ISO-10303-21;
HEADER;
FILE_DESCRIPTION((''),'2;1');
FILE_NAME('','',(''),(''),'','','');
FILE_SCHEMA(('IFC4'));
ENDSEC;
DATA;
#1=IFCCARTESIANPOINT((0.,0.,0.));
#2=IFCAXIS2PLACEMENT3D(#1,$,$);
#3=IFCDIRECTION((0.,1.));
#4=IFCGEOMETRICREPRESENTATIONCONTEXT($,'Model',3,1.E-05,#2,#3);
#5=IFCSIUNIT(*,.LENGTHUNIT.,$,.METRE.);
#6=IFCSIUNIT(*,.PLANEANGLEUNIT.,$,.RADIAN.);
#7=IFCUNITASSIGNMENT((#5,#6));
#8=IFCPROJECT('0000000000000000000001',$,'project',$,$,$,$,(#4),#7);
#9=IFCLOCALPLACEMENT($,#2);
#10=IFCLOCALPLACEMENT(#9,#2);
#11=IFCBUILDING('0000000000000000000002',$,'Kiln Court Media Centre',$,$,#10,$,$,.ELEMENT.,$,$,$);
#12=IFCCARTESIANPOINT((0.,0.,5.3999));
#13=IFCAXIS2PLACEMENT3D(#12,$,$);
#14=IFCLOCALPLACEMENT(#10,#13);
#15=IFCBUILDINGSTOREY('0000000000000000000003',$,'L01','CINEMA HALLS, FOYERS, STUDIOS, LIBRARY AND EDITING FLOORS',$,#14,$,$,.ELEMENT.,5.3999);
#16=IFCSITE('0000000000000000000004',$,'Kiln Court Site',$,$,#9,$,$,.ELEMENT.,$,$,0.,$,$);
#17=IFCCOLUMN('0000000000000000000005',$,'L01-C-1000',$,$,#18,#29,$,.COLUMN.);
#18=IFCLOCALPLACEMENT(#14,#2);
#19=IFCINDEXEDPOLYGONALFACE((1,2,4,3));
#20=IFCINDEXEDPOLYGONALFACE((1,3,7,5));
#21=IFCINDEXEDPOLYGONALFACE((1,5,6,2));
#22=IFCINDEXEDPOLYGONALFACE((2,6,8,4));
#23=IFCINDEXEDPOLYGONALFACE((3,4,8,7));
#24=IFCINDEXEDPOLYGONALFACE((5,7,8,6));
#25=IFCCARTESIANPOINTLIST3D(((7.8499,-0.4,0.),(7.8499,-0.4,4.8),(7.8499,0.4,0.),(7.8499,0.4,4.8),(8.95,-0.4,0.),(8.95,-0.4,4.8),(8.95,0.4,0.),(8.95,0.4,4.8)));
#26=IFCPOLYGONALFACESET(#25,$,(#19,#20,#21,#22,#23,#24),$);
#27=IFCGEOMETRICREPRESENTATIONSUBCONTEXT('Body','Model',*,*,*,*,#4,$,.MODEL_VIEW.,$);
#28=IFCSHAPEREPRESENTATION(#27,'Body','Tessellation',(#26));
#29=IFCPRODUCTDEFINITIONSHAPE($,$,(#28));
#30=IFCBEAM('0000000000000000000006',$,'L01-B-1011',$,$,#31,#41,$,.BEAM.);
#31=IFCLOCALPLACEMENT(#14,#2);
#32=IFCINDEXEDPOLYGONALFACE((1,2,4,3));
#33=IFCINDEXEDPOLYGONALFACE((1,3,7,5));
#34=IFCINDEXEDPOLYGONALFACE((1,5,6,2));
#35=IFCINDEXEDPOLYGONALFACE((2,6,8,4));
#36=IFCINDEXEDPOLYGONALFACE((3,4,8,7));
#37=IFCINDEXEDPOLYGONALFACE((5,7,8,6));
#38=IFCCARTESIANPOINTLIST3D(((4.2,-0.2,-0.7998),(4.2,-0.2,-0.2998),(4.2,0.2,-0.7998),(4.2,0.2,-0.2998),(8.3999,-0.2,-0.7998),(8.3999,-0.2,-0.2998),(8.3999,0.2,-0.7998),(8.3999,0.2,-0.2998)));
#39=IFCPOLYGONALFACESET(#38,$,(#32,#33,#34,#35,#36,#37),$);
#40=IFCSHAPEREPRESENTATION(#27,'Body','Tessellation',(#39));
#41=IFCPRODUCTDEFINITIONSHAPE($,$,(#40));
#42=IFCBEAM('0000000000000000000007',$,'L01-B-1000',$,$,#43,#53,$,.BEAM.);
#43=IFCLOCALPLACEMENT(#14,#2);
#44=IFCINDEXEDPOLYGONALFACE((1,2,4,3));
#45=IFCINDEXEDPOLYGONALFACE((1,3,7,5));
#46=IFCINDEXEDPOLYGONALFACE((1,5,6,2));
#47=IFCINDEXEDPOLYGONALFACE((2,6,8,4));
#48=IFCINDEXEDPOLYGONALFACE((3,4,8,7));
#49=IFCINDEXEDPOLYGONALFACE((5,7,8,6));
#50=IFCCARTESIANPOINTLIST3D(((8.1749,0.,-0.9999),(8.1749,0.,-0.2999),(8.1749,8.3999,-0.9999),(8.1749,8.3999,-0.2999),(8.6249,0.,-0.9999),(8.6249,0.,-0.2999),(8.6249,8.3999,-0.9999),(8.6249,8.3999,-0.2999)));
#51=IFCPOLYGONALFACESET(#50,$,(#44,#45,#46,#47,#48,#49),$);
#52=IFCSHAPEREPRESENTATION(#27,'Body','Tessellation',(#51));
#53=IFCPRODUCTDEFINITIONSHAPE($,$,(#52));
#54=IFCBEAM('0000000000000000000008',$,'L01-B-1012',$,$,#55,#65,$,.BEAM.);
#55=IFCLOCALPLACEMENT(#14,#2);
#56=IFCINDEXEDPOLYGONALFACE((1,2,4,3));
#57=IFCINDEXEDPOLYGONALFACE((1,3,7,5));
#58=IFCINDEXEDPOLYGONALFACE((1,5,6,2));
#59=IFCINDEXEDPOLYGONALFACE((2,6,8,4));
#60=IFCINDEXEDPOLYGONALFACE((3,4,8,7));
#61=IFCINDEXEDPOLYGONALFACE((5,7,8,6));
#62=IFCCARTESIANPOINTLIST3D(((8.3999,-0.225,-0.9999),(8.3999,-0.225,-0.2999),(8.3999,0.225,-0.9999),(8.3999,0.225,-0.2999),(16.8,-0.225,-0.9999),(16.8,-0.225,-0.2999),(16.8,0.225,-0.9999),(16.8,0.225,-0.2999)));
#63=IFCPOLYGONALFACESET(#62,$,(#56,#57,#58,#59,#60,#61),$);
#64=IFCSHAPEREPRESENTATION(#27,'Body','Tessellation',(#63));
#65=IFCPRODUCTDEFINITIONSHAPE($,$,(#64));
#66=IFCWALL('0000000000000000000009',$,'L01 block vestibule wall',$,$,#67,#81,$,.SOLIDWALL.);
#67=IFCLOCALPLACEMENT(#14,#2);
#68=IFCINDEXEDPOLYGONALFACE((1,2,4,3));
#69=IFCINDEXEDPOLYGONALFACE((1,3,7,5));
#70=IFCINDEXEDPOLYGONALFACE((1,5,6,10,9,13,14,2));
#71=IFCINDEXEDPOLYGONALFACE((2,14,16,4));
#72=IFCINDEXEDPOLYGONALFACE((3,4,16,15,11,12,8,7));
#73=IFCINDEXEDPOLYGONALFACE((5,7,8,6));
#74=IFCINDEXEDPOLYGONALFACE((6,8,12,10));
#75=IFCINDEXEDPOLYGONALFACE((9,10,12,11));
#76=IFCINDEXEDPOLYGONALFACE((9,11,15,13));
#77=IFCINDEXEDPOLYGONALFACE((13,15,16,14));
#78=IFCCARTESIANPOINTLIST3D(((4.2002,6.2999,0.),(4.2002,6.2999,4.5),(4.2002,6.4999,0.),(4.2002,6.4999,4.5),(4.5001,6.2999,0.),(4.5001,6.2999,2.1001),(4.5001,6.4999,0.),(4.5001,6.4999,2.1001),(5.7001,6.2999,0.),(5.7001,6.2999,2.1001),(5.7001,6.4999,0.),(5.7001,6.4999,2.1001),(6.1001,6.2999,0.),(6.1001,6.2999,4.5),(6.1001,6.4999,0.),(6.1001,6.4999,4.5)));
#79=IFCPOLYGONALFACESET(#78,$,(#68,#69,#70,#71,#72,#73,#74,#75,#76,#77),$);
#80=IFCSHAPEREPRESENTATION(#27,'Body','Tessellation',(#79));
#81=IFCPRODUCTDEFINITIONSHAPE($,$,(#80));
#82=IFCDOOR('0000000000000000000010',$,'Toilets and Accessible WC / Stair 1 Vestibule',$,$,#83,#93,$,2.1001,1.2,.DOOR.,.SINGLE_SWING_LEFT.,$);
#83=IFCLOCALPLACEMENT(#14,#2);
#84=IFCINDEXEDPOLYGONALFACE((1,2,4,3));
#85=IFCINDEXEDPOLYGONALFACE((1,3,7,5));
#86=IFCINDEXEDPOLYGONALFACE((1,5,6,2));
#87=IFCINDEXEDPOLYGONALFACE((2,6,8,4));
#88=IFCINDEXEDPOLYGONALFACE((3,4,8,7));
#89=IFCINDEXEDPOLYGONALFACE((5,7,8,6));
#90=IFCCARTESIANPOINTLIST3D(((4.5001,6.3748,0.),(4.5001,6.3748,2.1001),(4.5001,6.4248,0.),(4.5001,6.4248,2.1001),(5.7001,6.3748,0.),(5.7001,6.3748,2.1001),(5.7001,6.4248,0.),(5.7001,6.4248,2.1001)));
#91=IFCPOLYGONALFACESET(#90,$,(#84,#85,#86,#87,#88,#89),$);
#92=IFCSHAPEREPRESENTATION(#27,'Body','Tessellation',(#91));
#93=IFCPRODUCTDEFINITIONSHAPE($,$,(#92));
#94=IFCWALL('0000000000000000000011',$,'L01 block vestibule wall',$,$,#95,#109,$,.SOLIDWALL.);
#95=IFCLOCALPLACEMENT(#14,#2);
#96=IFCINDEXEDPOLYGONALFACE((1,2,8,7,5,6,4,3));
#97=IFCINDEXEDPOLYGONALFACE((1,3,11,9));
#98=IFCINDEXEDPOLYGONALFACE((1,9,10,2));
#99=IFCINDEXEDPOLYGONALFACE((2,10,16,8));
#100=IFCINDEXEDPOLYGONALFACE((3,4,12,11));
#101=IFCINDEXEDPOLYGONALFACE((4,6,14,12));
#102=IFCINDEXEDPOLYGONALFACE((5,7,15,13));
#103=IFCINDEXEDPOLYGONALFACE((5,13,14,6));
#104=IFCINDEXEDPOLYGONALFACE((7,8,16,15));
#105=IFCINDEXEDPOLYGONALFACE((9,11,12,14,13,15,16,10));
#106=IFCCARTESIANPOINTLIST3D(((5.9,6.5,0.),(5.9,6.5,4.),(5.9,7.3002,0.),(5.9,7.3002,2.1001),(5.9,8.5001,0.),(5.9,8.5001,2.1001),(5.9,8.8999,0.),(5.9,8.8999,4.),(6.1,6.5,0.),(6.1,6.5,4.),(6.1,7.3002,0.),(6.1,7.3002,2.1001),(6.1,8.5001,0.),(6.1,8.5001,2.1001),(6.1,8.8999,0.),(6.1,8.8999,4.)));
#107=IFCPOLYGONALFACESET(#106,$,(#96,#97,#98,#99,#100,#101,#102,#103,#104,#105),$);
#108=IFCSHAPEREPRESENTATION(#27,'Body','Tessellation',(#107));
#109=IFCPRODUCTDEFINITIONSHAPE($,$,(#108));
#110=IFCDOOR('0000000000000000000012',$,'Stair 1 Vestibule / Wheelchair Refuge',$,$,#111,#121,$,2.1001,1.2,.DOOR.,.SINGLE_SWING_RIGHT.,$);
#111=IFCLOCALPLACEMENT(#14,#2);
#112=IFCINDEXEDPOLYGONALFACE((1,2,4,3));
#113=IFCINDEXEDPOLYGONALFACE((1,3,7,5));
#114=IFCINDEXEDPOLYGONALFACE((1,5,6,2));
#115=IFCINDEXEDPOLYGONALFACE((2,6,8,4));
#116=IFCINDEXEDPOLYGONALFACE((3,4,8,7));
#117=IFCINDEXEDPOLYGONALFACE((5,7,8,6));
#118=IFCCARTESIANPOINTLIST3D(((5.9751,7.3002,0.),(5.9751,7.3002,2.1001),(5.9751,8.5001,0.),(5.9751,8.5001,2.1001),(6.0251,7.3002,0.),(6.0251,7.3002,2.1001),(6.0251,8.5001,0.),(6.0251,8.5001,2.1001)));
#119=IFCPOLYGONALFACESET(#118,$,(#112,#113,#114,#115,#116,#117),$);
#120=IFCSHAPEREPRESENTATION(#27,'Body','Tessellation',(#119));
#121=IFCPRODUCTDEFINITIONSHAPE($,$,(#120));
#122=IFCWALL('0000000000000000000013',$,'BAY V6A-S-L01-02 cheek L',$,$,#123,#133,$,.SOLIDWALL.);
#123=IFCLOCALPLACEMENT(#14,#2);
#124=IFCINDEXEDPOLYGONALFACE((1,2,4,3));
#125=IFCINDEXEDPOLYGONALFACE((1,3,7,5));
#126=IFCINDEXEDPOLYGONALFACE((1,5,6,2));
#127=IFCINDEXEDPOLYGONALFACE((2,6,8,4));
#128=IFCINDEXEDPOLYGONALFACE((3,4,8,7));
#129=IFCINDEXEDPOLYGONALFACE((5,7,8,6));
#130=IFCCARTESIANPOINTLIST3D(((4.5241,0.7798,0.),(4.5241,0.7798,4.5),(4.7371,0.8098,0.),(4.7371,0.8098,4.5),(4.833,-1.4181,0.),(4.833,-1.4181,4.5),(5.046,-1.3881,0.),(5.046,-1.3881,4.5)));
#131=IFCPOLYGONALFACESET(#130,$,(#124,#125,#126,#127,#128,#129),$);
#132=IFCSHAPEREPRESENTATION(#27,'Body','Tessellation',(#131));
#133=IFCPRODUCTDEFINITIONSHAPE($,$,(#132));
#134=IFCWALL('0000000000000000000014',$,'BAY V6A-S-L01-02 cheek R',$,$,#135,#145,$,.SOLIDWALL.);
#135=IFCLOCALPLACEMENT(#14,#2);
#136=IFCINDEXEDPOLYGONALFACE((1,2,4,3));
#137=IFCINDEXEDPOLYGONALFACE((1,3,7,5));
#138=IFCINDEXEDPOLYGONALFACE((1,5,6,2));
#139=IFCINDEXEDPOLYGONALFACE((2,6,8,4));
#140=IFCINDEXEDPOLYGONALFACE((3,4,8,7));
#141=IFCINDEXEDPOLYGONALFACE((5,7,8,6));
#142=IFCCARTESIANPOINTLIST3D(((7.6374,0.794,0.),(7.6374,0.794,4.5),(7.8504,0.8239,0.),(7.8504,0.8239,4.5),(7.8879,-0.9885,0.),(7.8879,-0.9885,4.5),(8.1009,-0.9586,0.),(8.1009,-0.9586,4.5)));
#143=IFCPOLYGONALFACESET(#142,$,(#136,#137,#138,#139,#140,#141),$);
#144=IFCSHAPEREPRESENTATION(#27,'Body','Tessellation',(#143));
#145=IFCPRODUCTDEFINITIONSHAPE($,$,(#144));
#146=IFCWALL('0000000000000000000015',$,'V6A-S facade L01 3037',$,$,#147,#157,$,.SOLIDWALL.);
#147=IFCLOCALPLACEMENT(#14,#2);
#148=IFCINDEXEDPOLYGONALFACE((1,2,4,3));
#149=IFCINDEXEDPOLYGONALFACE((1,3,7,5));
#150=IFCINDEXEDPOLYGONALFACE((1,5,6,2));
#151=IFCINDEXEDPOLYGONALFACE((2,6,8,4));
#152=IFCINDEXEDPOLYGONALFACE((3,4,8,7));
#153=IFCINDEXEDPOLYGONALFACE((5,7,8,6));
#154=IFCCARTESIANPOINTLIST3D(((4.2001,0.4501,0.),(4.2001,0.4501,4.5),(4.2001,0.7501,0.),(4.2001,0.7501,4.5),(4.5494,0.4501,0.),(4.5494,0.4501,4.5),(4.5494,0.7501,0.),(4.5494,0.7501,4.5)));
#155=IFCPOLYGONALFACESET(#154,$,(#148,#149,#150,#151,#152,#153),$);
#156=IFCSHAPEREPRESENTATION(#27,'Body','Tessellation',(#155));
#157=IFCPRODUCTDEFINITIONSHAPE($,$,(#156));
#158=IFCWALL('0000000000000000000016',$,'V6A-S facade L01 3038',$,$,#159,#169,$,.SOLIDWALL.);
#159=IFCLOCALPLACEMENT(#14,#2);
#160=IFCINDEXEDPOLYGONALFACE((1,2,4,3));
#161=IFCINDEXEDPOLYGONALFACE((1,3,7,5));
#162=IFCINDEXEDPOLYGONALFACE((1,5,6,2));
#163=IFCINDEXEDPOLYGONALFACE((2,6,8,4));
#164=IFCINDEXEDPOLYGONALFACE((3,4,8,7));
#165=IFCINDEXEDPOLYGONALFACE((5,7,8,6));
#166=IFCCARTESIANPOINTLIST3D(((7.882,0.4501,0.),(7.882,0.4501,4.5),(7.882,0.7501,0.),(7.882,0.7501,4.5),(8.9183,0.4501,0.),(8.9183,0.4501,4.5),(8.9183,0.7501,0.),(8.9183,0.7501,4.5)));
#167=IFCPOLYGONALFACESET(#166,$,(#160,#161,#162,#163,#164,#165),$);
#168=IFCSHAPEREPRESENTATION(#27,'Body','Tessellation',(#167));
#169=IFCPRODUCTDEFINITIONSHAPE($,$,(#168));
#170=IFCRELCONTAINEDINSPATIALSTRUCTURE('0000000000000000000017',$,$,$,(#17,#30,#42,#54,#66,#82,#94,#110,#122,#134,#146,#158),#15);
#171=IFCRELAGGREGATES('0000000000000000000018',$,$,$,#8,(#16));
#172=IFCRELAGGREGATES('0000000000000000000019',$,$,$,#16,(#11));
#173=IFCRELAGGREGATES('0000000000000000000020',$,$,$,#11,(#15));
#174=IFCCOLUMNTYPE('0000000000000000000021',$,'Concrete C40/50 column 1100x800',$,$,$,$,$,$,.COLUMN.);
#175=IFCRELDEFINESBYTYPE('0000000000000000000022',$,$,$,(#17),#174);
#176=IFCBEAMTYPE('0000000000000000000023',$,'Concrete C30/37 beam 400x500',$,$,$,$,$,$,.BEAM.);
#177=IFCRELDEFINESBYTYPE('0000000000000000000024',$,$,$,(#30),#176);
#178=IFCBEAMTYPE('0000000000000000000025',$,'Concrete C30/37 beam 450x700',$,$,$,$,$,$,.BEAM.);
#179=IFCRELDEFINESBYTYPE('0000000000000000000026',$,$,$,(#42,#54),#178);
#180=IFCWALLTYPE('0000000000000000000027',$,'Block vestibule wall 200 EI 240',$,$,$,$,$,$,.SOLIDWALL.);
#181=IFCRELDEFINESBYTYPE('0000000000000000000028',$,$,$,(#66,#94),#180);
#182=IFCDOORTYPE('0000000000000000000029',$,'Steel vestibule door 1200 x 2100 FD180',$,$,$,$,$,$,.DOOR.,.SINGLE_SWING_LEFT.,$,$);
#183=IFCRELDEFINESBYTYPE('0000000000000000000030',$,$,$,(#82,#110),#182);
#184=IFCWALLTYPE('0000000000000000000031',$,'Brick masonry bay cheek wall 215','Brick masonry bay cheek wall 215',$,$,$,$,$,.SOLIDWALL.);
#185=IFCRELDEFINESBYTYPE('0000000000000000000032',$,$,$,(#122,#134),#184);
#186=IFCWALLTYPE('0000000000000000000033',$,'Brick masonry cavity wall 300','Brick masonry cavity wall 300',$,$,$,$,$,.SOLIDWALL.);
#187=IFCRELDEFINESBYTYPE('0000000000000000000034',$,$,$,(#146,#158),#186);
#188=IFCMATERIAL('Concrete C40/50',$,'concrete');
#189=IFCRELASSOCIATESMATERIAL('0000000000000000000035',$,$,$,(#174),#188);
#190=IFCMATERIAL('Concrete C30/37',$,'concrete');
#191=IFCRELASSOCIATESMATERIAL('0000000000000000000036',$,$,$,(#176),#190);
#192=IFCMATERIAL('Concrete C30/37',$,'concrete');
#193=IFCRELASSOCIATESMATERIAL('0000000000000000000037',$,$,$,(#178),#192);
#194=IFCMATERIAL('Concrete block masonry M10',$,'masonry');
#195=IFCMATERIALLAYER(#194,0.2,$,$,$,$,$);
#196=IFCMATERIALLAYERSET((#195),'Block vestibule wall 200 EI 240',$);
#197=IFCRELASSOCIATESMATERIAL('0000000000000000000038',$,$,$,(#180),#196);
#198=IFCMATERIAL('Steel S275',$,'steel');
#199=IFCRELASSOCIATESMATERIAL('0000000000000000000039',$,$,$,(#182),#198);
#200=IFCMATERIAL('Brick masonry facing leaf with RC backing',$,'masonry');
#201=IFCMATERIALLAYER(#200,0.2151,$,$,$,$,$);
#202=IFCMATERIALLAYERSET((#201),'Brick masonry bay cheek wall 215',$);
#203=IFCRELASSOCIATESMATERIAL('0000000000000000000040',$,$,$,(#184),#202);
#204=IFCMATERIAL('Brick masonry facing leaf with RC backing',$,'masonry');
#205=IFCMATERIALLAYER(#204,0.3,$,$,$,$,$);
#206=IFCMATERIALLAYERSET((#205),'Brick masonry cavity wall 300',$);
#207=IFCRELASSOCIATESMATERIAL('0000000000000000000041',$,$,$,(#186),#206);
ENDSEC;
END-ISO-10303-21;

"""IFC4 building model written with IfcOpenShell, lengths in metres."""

from ifc_helpers import new_model, si_unit, direction, frame, frame_2d, origin, origin_2d, place, context, subcontext, project, spatial, rectangle, extrude, material, layer, layer_set, material_profile, profile_set, type_object, element, fill, save


model = new_model("IFC4")

# Units and contexts
model_context = context("Model", 3, precision=1e-05, world=origin(), true_north=direction((0.0, 1.0)))
body_context = subcontext(model_context, "Body", "Model", "MODEL_VIEW")
ifc_project = project(units=[si_unit("LENGTHUNIT", "METRE"), si_unit("PLANEANGLEUNIT", "RADIAN")], contexts=[model_context])

# Site, building, storey
site_placement = place(None, origin())
site = spatial("IfcSite", under=ifc_project, at=site_placement, Name="Kiln Court Site", CompositionType="ELEMENT", RefElevation=0.0)
building_placement = place(site_placement, origin())
building = spatial("IfcBuilding", under=site, at=building_placement, Name="Kiln Court Media Centre", CompositionType="ELEMENT")
storey_placement = place(building_placement, frame((0.0, 0.0, 5.3999)))
storey = spatial("IfcBuildingStorey", under=building, at=storey_placement, Name="L01", Description="CINEMA HALLS, FOYERS, STUDIOS, LIBRARY AND EDITING FLOORS", CompositionType="ELEMENT", Elevation=5.3999)

# Column
ifc_material_1 = material(Name="Concrete C40/50", Category="concrete")
ifc_material_profile_1 = material_profile(ifc_material_1, rectangle(XDim=1.1001, YDim=0.8, at=origin_2d()), Name="RC 1100x800")
ifc_profile_set_1 = profile_set([ifc_material_profile_1], Name="Concrete C40/50")
column_type = type_object("IfcColumnType", Name="Concrete C40/50 column 1100x800", PredefinedType="COLUMN", material=ifc_profile_set_1)
column_placement = place(storey_placement, frame((8.3999, 0.0, 0.0), z_axis=(0.0, 0.0, 1.0), x_axis=(1.0, 0.0, 0.0)))
element("IfcColumn", 1, at=column_placement, inside=storey, type_object=column_type, Name="L01-C-1000", PredefinedType="COLUMN", context=body_context, shape_type="SweptSolid", body=[
    extrude(rectangle(XDim=1.1001, YDim=0.8, at=origin_2d()), origin(), (0.0, 0.0, 1.0), 4.8),
])

# Beams
ifc_material_2 = material(Name="Concrete C30/37", Category="concrete")
ifc_material_profile_2 = material_profile(ifc_material_2, rectangle(XDim=0.3999, YDim=0.5, at=origin_2d()), Name="RC 400x500")
ifc_profile_set_2 = profile_set([ifc_material_profile_2], Name="Concrete C30/37")
beam_type_1 = type_object("IfcBeamType", Name="Concrete C30/37 beam 400x500", PredefinedType="BEAM", material=ifc_profile_set_2)
beam_1_placement = place(storey_placement, frame((4.2, 0.0, -0.5498), z_axis=(1.0, 0.0, 0.0), x_axis=(0.0, 1.0, 0.0)))
element("IfcBeam", 2, at=beam_1_placement, inside=storey, type_object=beam_type_1, Name="L01-B-1011", PredefinedType="BEAM", context=body_context, shape_type="SweptSolid", body=[
    extrude(rectangle(XDim=0.3999, YDim=0.5, at=origin_2d()), origin(), (0.0, 0.0, 1.0), 4.2),
])
ifc_material_3 = material(Name="Concrete C30/37", Category="concrete")
ifc_material_profile_3 = material_profile(ifc_material_3, rectangle(XDim=0.45, YDim=0.7, at=origin_2d()), Name="RC 450x700")
ifc_profile_set_3 = profile_set([ifc_material_profile_3], Name="Concrete C30/37")
beam_type_2 = type_object("IfcBeamType", Name="Concrete C30/37 beam 450x700", PredefinedType="BEAM", material=ifc_profile_set_3)
beam_2_placement = place(storey_placement, frame((8.3999, 0.0, -0.6499), z_axis=(0.0, 1.0, 0.0), x_axis=(-1.0, 0.0, 0.0)))
element("IfcBeam", 3, at=beam_2_placement, inside=storey, type_object=beam_type_2, Name="L01-B-1000", PredefinedType="BEAM", context=body_context, shape_type="SweptSolid", body=[
    extrude(rectangle(XDim=0.45, YDim=0.7, at=origin_2d()), origin(), (0.0, 0.0, 1.0), 8.3999),
])
beam_3_placement = place(storey_placement, frame((8.3999, 0.0, -0.6499), z_axis=(1.0, 0.0, 0.0), x_axis=(0.0, 1.0, 0.0)))
element("IfcBeam", 4, at=beam_3_placement, inside=storey, type_object=beam_type_2, Name="L01-B-1012", PredefinedType="BEAM", context=body_context, shape_type="SweptSolid", body=[
    extrude(rectangle(XDim=0.45, YDim=0.7, at=origin_2d()), origin(), (0.0, 0.0, 1.0), 8.4001),
])

# Walls, openings, doors
ifc_material_4 = material(Name="Concrete block masonry M10", Category="masonry")
ifc_layer_1 = layer(ifc_material_4, 0.2)
ifc_layer_set_1 = layer_set([ifc_layer_1], Name="Block vestibule wall 200 EI 240")
wall_type_1 = type_object("IfcWallType", Name="Block vestibule wall 200 EI 240", PredefinedType="SOLIDWALL", material=ifc_layer_set_1)
wall_1_placement = place(storey_placement, frame((4.2002, 6.3999, 0.0), z_axis=(0.0, 0.0, 1.0), x_axis=(1.0, 0.0, 0.0)))
wall_1 = element("IfcWall", 5, at=wall_1_placement, inside=storey, type_object=wall_type_1, Name="L01 block vestibule wall", PredefinedType="SOLIDWALL", context=body_context, shape_type="SweptSolid", body=[
    extrude(rectangle(XDim=1.8999, YDim=0.2, at=frame_2d((0.95, 0.0))), origin(), (0.0, 0.0, 1.0), 4.5),
])
opening_1_placement = place(wall_1_placement, frame((0.2998, 0.0, 0.0)))
opening_1 = element("IfcOpeningElement", 6, at=opening_1_placement, cuts=wall_1, PredefinedType="OPENING", context=body_context, shape_type="SweptSolid", body=[
    extrude(rectangle(XDim=1.2, YDim=2.1001, at=frame_2d((0.6001, 1.05))), frame((0.0, 0.1099, 0.0), z_axis=(0.0, -1.0, 0.0), x_axis=(1.0, 0.0, 0.0)), (0.0, 0.0, 1.0), 0.22),
])
ifc_material_5 = material(Name="Steel S275", Category="steel")
door_type = type_object("IfcDoorType", Name="Steel vestibule door 1200 x 2100 FD180", OperationType="SINGLE_SWING_LEFT", PredefinedType="DOOR", material=ifc_material_5)
door_1_placement = place(opening_1_placement, origin())
door_1 = element("IfcDoor", 7, at=door_1_placement, inside=storey, type_object=door_type, Name="Toilets and Accessible WC / Stair 1 Vestibule", OperationType="SINGLE_SWING_LEFT", OverallHeight=2.1001, OverallWidth=1.2, PredefinedType="DOOR", context=body_context, shape_type="SweptSolid", body=[
    extrude(rectangle(XDim=1.2, YDim=2.1001, at=frame_2d((0.6001, 1.05))), frame((0.0, 0.0249, 0.0), z_axis=(0.0, -1.0, 0.0), x_axis=(1.0, 0.0, 0.0)), (0.0, 0.0, 1.0), 0.05),
])
fill(opening_1, door_1)
wall_2_placement = place(storey_placement, frame((6.0, 6.5, 0.0), z_axis=(0.0, 0.0, 1.0), x_axis=(0.0, 1.0, 0.0)))
wall_2 = element("IfcWall", 8, at=wall_2_placement, inside=storey, type_object=wall_type_1, Name="L01 block vestibule wall", PredefinedType="SOLIDWALL", context=body_context, shape_type="SweptSolid", body=[
    extrude(rectangle(XDim=2.3999, YDim=0.2, at=frame_2d((1.2, 0.0))), origin(), (0.0, 0.0, 1.0), 4.0),
])
opening_2_placement = place(wall_2_placement, frame((0.8, 0.0, 0.0)))
opening_2 = element("IfcOpeningElement", 9, at=opening_2_placement, cuts=wall_2, PredefinedType="OPENING", context=body_context, shape_type="SweptSolid", body=[
    extrude(rectangle(XDim=1.2, YDim=2.1001, at=frame_2d((0.6001, 1.05))), frame((0.0, 0.1099, 0.0), z_axis=(0.0, -1.0, 0.0), x_axis=(1.0, 0.0, 0.0)), (0.0, 0.0, 1.0), 0.22),
])
door_2_placement = place(opening_2_placement, origin())
door_2 = element("IfcDoor", 10, at=door_2_placement, inside=storey, type_object=door_type, Name="Stair 1 Vestibule / Wheelchair Refuge", OperationType="SINGLE_SWING_RIGHT", OverallHeight=2.1001, OverallWidth=1.2, PredefinedType="DOOR", context=body_context, shape_type="SweptSolid", body=[
    extrude(rectangle(XDim=1.2, YDim=2.1001, at=frame_2d((0.6001, 1.05))), frame((0.0, 0.0249, 0.0), z_axis=(0.0, -1.0, 0.0), x_axis=(1.0, 0.0, 0.0)), (0.0, 0.0, 1.0), 0.05),
])
fill(opening_2, door_2)

# Walls
ifc_material_6 = material(Name="Brick masonry facing leaf with RC backing", Category="masonry")
ifc_layer_2 = layer(ifc_material_6, 0.2151)
ifc_layer_set_2 = layer_set([ifc_layer_2], Name="Brick masonry bay cheek wall 215")
wall_type_2 = type_object("IfcWallType", Name="Brick masonry bay cheek wall 215", Description="Brick masonry bay cheek wall 215", PredefinedType="SOLIDWALL", material=ifc_layer_set_2)
wall_3_placement = place(storey_placement, frame((4.6306, 0.7949, 0.0), z_axis=(0.0, 0.0, 1.0), x_axis=(0.139142, -0.990272, 0.0)))
element("IfcWall", 11, at=wall_3_placement, inside=storey, type_object=wall_type_2, Name="BAY V6A-S-L01-02 cheek L", PredefinedType="SOLIDWALL", context=body_context, shape_type="SweptSolid", body=[
    extrude(rectangle(XDim=2.2195, YDim=0.2151, at=frame_2d((1.1099, 0.0))), origin(), (0.0, 0.0, 1.0), 4.5),
])
wall_4_placement = place(storey_placement, frame((7.7439, 0.8088, 0.0), z_axis=(0.0, 0.0, 1.0), x_axis=(0.139161, -0.99027, 0.0)))
element("IfcWall", 12, at=wall_4_placement, inside=storey, type_object=wall_type_2, Name="BAY V6A-S-L01-02 cheek R", PredefinedType="SOLIDWALL", context=body_context, shape_type="SweptSolid", body=[
    extrude(rectangle(XDim=1.8, YDim=0.2151, at=frame_2d((0.8999, 0.0))), origin(), (0.0, 0.0, 1.0), 4.5),
])
ifc_material_7 = material(Name="Brick masonry facing leaf with RC backing", Category="masonry")
ifc_layer_3 = layer(ifc_material_7, 0.3)
ifc_layer_set_3 = layer_set([ifc_layer_3], Name="Brick masonry cavity wall 300")
wall_type_3 = type_object("IfcWallType", Name="Brick masonry cavity wall 300", Description="Brick masonry cavity wall 300", PredefinedType="SOLIDWALL", material=ifc_layer_set_3)
wall_5_placement = place(storey_placement, frame((4.5496, 0.6001, 0.0), z_axis=(0.0, 0.0, 1.0), x_axis=(-1.0, 0.0, 0.0)))
element("IfcWall", 13, at=wall_5_placement, inside=storey, type_object=wall_type_3, Name="V6A-S facade L01 3037", PredefinedType="SOLIDWALL", context=body_context, shape_type="SweptSolid", body=[
    extrude(rectangle(XDim=0.3494, YDim=0.3, at=frame_2d((0.1748, 0.0))), origin(), (0.0, 0.0, 1.0), 4.5),
])
wall_6_placement = place(storey_placement, frame((8.9182, 0.6001, 0.0), z_axis=(0.0, 0.0, 1.0), x_axis=(-1.0, 0.0, 0.0)))
element("IfcWall", 14, at=wall_6_placement, inside=storey, type_object=wall_type_3, Name="V6A-S facade L01 3038", PredefinedType="SOLIDWALL", context=body_context, shape_type="SweptSolid", body=[
    extrude(rectangle(XDim=1.0364, YDim=0.3, at=frame_2d((0.5181, 0.0))), origin(), (0.0, 0.0, 1.0), 4.5),
])

save(model, "model.ifc")
